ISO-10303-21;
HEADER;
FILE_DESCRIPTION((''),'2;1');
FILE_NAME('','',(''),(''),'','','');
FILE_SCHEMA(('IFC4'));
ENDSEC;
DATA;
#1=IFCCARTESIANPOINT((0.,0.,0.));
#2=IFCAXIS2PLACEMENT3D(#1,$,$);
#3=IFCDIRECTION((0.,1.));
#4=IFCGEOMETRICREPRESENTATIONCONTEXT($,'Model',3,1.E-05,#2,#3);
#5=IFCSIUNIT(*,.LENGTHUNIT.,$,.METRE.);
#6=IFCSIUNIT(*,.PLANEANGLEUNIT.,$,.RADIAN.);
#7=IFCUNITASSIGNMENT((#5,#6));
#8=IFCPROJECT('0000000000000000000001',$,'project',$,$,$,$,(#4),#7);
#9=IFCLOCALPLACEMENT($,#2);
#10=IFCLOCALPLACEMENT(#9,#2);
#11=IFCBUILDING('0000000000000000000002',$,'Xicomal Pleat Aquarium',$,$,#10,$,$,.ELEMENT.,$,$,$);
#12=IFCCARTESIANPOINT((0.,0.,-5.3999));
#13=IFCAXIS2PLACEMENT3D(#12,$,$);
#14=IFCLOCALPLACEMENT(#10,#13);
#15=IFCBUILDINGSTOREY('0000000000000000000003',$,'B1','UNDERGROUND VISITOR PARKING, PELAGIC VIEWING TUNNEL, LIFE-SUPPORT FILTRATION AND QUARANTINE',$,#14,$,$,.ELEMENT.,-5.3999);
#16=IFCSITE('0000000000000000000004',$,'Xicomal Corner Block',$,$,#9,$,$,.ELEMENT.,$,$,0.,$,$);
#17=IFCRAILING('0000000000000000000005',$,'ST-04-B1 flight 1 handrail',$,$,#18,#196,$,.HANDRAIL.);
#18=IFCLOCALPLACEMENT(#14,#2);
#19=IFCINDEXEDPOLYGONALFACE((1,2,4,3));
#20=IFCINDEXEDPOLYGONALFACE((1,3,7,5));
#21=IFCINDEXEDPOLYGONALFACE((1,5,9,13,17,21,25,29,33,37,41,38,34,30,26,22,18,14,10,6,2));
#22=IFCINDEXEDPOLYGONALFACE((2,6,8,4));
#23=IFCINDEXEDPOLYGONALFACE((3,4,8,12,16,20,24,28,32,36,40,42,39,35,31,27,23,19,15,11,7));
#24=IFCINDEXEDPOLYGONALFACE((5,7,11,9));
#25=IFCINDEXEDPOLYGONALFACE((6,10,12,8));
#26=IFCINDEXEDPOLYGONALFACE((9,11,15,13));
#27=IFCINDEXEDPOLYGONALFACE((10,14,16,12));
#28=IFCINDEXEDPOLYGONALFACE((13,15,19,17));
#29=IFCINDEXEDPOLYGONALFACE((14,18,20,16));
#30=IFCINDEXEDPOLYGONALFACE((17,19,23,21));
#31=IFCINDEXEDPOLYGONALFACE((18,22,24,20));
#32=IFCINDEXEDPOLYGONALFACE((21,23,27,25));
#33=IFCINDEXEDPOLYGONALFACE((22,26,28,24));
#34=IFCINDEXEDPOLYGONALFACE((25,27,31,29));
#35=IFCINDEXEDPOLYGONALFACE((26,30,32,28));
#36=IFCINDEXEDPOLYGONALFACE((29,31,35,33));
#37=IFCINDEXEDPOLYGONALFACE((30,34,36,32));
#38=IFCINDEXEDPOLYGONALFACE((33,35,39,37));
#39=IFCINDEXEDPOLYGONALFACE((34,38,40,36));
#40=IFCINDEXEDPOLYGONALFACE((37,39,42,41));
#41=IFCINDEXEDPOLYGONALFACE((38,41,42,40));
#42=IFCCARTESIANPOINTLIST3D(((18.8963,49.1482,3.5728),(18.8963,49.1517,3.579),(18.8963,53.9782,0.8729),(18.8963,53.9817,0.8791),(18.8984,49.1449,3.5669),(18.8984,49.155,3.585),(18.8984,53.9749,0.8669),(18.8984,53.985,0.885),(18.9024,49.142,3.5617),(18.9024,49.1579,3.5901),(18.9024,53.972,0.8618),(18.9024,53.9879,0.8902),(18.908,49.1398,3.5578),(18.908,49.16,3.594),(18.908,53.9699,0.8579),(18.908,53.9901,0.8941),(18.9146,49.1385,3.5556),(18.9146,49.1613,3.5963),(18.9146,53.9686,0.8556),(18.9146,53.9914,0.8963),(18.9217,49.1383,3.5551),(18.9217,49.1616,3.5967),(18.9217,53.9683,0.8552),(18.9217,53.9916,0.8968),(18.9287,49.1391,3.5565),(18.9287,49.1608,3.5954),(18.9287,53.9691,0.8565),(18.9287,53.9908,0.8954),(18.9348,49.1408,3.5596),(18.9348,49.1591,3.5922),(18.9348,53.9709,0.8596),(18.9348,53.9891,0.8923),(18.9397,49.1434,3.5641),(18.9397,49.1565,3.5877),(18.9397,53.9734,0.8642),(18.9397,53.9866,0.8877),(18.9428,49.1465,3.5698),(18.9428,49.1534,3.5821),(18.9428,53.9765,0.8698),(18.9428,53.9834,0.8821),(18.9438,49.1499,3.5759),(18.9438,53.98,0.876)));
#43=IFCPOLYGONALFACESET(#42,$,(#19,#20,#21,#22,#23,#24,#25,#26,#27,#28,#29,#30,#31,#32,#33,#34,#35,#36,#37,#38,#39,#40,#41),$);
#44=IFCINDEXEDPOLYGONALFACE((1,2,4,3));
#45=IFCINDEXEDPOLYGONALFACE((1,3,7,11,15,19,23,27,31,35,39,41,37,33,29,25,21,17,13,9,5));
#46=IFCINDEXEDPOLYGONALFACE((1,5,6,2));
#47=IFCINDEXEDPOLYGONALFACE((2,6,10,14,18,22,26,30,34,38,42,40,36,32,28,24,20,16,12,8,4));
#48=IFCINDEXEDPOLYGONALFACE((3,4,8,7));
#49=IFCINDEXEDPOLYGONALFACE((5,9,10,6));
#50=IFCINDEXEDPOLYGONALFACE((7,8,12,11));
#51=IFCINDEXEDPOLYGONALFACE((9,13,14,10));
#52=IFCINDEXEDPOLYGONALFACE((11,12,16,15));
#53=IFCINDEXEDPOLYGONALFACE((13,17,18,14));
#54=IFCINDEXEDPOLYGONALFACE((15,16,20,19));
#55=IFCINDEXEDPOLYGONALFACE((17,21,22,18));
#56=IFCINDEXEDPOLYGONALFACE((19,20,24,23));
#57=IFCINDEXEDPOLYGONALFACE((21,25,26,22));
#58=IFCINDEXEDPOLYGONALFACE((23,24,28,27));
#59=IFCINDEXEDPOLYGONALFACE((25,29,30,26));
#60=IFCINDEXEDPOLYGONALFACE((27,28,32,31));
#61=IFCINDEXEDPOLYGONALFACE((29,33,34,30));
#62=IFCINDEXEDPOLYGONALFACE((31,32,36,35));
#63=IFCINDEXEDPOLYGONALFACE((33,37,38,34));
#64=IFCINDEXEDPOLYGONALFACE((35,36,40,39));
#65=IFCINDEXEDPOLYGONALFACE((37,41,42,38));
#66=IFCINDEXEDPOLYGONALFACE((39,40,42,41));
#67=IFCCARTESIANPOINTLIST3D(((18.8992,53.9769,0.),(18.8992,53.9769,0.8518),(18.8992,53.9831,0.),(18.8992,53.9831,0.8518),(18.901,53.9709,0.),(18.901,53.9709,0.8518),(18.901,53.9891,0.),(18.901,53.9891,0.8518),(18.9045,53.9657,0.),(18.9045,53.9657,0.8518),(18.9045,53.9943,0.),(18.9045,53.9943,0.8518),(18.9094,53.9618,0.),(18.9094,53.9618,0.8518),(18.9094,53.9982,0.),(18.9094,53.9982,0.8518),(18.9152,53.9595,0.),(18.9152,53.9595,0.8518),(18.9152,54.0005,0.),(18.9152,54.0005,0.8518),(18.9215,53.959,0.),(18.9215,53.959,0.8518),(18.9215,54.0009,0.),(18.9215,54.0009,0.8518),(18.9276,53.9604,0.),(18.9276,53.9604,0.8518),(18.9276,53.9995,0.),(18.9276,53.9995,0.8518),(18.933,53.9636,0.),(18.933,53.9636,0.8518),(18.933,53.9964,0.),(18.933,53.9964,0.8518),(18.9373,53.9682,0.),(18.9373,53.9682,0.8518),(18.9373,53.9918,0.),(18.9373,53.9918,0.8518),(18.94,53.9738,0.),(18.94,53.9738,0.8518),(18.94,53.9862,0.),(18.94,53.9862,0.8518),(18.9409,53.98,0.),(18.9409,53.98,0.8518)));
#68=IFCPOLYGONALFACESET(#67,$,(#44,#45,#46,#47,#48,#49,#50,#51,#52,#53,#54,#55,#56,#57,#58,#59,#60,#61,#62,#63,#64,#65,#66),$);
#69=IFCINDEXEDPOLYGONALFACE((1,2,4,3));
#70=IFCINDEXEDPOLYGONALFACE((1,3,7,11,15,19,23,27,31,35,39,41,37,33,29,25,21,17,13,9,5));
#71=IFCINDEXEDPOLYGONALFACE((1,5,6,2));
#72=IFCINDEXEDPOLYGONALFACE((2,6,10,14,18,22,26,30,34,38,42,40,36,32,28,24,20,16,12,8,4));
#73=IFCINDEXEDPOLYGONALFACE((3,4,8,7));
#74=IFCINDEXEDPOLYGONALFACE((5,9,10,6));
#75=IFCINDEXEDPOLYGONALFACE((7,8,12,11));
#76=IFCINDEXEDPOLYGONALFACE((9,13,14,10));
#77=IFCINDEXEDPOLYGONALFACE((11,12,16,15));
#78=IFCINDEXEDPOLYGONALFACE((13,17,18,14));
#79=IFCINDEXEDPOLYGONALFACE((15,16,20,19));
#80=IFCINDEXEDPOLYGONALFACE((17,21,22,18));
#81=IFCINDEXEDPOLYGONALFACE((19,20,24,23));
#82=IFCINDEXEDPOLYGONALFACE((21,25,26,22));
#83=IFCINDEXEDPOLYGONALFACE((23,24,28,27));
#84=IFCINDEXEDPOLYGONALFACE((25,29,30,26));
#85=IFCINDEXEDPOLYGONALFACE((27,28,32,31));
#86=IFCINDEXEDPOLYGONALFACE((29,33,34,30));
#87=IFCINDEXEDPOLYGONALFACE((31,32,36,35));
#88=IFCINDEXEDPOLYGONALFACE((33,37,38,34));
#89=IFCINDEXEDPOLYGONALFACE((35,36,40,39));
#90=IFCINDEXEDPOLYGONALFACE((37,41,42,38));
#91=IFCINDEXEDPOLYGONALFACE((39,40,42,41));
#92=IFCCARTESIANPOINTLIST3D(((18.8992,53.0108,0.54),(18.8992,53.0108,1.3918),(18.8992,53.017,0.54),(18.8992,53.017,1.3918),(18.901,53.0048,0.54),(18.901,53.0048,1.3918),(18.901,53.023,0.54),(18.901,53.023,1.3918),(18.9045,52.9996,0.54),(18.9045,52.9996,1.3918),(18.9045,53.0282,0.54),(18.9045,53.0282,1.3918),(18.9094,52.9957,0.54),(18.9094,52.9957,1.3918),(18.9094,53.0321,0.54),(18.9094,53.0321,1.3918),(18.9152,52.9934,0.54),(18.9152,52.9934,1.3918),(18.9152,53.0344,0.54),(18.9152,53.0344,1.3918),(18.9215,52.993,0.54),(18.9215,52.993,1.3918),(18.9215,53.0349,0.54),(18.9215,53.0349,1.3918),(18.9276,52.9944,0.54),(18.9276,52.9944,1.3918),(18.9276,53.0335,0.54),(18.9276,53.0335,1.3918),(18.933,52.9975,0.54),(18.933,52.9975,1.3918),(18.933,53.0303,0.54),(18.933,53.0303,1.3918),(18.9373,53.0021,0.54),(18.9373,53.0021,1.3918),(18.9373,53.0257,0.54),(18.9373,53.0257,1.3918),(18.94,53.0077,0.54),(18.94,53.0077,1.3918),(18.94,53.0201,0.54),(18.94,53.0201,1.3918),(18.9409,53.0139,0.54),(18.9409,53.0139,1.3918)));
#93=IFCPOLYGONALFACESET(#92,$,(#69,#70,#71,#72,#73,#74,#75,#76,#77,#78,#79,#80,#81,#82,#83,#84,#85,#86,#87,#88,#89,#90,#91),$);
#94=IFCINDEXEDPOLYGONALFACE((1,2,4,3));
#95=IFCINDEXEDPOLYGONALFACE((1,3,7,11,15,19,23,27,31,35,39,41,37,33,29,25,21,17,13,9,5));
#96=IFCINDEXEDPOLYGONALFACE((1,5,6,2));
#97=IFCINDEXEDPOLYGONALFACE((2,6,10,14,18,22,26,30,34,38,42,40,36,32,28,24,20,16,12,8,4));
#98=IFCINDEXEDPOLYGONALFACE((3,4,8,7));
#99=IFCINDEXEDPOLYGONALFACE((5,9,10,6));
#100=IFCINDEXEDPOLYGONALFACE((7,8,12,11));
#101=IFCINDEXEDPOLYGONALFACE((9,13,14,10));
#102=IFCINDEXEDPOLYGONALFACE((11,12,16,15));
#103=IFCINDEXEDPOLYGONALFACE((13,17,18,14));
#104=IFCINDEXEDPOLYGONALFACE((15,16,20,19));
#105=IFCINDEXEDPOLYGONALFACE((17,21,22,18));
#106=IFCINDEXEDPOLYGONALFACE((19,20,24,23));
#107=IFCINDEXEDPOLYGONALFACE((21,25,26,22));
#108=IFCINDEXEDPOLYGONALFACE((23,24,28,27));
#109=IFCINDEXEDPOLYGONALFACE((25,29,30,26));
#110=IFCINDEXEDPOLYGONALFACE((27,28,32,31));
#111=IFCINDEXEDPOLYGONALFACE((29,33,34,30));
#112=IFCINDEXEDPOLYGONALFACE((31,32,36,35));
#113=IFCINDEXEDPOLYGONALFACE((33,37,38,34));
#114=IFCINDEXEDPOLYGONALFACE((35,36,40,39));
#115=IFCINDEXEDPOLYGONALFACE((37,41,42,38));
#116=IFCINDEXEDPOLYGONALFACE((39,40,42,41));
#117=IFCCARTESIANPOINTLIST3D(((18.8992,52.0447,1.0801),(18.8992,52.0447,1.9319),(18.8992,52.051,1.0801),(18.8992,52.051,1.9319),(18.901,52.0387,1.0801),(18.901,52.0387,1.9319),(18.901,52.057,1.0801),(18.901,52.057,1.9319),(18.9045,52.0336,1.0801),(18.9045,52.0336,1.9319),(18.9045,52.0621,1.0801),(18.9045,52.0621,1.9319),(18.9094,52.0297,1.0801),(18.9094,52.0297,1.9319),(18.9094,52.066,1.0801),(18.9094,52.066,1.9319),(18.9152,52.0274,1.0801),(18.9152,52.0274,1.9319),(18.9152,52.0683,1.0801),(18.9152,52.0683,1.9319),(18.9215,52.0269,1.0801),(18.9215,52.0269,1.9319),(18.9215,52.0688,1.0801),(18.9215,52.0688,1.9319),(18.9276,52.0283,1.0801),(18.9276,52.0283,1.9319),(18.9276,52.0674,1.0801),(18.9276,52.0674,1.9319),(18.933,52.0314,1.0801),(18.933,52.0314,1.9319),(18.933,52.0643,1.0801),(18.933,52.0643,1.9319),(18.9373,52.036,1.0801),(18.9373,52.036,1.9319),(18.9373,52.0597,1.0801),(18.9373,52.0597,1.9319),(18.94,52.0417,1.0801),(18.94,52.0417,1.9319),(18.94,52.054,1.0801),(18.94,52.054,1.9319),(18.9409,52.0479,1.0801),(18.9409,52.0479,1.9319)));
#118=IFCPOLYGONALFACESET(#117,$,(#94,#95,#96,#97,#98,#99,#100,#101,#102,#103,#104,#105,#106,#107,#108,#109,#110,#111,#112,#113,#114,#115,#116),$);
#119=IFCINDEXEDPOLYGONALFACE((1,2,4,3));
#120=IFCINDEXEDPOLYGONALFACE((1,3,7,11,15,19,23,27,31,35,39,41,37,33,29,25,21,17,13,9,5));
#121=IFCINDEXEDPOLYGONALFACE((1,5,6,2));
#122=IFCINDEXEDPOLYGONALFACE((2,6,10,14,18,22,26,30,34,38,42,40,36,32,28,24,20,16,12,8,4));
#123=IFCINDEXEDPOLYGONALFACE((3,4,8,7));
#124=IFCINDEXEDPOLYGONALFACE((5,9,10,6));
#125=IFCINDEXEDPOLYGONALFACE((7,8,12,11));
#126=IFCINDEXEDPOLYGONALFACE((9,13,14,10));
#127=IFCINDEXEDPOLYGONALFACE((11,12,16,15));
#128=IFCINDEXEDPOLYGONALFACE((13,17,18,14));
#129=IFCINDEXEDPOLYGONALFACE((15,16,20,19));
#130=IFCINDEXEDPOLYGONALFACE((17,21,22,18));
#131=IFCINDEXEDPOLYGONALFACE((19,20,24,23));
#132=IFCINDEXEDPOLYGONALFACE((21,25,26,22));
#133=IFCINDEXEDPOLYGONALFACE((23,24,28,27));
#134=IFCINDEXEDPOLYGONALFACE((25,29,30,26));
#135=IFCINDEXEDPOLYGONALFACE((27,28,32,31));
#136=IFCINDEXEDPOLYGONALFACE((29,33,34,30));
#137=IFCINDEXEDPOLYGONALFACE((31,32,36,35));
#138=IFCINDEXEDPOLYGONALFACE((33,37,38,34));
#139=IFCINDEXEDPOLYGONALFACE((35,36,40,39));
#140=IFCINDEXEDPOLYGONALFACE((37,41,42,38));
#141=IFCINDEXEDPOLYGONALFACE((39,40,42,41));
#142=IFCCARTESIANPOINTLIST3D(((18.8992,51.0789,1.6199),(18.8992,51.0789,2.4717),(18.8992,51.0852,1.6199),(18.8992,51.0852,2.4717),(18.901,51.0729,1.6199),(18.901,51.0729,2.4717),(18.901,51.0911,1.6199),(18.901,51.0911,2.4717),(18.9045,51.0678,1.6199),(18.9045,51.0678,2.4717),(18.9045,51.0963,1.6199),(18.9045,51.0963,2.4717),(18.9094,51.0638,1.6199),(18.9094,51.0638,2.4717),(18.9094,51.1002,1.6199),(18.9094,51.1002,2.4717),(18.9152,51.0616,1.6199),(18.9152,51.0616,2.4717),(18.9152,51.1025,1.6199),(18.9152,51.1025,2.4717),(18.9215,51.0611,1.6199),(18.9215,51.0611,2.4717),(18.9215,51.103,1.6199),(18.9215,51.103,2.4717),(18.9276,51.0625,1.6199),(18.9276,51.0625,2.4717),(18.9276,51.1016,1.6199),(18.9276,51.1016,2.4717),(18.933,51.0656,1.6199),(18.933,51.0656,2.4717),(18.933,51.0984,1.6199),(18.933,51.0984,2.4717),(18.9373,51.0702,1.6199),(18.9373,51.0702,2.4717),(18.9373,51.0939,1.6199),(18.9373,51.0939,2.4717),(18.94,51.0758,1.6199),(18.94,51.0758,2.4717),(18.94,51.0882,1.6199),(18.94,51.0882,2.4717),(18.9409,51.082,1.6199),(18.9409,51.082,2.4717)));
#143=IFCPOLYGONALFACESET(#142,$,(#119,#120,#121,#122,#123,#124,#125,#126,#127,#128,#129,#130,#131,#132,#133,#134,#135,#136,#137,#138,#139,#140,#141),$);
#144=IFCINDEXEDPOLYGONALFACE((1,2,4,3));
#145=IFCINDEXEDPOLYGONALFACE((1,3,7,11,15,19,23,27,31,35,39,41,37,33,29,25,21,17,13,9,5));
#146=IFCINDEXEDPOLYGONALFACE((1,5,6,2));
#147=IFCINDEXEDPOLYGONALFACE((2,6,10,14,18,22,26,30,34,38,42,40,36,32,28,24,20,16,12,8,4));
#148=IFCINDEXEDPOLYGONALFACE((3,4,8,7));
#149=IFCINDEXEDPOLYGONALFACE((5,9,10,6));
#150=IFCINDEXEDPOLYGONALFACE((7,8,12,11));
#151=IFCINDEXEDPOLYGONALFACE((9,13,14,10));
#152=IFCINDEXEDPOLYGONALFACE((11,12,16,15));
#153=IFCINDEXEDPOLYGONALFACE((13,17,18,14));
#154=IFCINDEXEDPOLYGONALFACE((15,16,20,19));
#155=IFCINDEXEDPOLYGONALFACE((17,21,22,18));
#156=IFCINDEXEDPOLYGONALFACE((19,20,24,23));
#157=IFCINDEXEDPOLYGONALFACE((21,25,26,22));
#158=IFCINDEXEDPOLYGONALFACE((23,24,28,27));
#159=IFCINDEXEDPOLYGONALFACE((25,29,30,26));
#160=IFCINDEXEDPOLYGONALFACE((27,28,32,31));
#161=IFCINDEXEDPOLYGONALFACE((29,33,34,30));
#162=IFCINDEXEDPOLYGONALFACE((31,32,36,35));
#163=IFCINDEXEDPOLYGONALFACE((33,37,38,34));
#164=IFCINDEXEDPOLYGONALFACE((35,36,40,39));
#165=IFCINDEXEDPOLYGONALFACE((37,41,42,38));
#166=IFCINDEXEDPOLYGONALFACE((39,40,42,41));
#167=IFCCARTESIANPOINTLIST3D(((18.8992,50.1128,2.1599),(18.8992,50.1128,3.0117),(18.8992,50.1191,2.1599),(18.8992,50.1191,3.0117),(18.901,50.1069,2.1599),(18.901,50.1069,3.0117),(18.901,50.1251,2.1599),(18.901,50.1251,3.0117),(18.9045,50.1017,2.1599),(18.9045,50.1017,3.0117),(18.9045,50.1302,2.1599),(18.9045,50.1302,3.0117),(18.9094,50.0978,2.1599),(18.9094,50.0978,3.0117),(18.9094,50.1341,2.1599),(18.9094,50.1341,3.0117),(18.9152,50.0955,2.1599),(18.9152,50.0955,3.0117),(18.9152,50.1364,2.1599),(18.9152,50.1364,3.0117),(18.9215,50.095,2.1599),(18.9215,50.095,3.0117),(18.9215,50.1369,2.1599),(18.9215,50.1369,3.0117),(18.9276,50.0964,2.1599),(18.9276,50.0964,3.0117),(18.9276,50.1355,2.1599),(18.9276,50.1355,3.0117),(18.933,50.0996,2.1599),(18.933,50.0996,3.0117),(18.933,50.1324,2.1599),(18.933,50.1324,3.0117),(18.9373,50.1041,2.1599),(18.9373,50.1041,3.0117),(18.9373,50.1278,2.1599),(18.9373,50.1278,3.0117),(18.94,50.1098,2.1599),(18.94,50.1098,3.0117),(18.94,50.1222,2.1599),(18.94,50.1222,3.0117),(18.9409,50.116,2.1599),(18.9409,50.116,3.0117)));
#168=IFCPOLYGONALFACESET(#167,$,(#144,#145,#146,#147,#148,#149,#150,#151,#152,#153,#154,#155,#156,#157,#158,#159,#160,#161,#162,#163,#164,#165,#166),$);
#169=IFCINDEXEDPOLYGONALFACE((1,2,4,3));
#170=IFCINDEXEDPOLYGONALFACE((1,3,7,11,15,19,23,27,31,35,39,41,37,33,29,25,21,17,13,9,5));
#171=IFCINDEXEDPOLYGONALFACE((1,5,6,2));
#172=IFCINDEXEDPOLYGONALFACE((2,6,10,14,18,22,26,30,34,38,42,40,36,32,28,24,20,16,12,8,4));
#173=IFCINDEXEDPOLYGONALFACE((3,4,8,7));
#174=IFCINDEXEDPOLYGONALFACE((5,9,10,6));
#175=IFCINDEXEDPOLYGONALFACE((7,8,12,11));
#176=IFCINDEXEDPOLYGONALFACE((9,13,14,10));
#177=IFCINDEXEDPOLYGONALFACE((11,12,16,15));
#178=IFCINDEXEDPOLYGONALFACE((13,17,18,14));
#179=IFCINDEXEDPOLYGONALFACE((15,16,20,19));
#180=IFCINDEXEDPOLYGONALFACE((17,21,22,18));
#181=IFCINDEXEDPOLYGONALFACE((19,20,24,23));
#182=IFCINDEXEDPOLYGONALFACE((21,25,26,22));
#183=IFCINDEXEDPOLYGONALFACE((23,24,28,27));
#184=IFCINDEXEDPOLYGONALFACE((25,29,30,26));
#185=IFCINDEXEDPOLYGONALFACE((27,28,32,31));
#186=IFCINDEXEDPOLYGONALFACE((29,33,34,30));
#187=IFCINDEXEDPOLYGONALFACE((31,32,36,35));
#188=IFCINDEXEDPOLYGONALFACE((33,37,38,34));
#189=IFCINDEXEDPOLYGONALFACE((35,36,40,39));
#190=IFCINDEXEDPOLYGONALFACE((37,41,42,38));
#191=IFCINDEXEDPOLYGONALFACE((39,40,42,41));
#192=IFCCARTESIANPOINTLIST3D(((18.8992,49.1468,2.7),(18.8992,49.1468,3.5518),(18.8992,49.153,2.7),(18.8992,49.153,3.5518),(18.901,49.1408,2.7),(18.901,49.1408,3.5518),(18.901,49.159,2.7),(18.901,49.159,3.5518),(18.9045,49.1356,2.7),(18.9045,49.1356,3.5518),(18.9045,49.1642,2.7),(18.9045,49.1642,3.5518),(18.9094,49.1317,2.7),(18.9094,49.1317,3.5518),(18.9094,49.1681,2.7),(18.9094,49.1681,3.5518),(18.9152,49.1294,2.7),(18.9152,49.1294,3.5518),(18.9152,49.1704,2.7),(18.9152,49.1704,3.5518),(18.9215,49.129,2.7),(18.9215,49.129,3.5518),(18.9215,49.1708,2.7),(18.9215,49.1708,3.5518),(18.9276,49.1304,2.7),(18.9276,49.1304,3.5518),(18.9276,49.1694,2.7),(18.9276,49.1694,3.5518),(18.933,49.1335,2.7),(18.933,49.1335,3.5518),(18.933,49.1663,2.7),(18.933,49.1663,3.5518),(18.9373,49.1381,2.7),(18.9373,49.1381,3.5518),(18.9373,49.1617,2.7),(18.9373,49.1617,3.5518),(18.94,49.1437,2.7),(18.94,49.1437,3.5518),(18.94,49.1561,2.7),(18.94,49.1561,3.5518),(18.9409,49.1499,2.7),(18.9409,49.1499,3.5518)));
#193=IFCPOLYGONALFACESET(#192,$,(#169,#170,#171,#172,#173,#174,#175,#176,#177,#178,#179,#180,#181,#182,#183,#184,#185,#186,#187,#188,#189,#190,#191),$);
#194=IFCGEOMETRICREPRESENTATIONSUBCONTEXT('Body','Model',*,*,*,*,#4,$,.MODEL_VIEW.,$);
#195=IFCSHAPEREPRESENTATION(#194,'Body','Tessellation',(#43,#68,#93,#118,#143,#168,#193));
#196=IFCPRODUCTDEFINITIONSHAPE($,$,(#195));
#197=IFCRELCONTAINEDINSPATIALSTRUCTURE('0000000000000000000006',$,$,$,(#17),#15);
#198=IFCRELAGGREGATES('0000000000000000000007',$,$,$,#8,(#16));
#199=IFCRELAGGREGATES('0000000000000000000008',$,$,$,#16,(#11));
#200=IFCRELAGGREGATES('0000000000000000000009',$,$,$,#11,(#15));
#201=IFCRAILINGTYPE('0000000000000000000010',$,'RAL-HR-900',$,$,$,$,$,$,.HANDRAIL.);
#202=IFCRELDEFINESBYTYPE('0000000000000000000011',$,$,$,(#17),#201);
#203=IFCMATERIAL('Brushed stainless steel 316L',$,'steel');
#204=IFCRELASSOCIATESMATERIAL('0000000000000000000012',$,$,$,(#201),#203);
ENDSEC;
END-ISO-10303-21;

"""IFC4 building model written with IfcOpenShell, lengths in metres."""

from ifc_helpers import new_model, si_unit, direction, frame, origin, origin_2d, place, context, subcontext, project, spatial, circle, extrude, material, type_object, element, save


model = new_model("IFC4")

# Units and contexts
model_context = context("Model", 3, precision=1e-05, world=origin(), true_north=direction((0.0, 1.0)))
body_context = subcontext(model_context, "Body", "Model", "MODEL_VIEW")
ifc_project = project(units=[si_unit("LENGTHUNIT", "METRE"), si_unit("PLANEANGLEUNIT", "RADIAN")], contexts=[model_context])

# Site, building, storey
site_placement = place(None, origin())
site = spatial("IfcSite", under=ifc_project, at=site_placement, Name="Xicomal Corner Block", CompositionType="ELEMENT", RefElevation=0.0)
building_placement = place(site_placement, origin())
building = spatial("IfcBuilding", under=site, at=building_placement, Name="Xicomal Pleat Aquarium", CompositionType="ELEMENT")
storey_placement = place(building_placement, frame((0.0, 0.0, -5.3999)))
storey = spatial("IfcBuildingStorey", under=building, at=storey_placement, Name="B1", Description="UNDERGROUND VISITOR PARKING, PELAGIC VIEWING TUNNEL, LIFE-SUPPORT FILTRATION AND QUARANTINE", CompositionType="ELEMENT", Elevation=-5.3999)

# Railing
ifc_material_1 = material(Name="Brushed stainless steel 316L", Category="steel")
railing_type_1 = type_object("IfcRailingType", Name="RAL-HR-900", PredefinedType="HANDRAIL", material=ifc_material_1)
railing_1_placement = place(storey_placement, frame((18.9199, 53.98, 0.0)))
element("IfcRailing", 1, at=railing_1_placement, inside=storey, type_object=railing_type_1, Name="ST-04-B1 flight 1 handrail", PredefinedType="HANDRAIL", context=body_context, shape_type="SweptSolid", body=[
    extrude(circle(Radius=0.0239, at=origin_2d()), frame((0.0, 0.0, 0.876), z_axis=(0.0, -0.872883, 0.48793), x_axis=(1.0, 0.0, 0.0)), (0.0, 0.0, 1.0), 5.5334),
    extrude(circle(Radius=0.021, at=origin_2d()), origin(), (0.0, 0.0, 1.0), 0.8518),
    extrude(circle(Radius=0.021, at=origin_2d()), frame((0.0, -0.9661, 0.54)), (0.0, 0.0, 1.0), 0.8518),
    extrude(circle(Radius=0.021, at=origin_2d()), frame((0.0, -1.9321, 1.0801)), (0.0, 0.0, 1.0), 0.8518),
    extrude(circle(Radius=0.021, at=origin_2d()), frame((0.0, -2.8979, 1.6199)), (0.0, 0.0, 1.0), 0.8518),
    extrude(circle(Radius=0.021, at=origin_2d()), frame((0.0, -3.864, 2.1599)), (0.0, 0.0, 1.0), 0.8518),
    extrude(circle(Radius=0.021, at=origin_2d()), frame((0.0, -4.8301, 2.7)), (0.0, 0.0, 1.0), 0.8518),
])

save(model, "model.ifc")
